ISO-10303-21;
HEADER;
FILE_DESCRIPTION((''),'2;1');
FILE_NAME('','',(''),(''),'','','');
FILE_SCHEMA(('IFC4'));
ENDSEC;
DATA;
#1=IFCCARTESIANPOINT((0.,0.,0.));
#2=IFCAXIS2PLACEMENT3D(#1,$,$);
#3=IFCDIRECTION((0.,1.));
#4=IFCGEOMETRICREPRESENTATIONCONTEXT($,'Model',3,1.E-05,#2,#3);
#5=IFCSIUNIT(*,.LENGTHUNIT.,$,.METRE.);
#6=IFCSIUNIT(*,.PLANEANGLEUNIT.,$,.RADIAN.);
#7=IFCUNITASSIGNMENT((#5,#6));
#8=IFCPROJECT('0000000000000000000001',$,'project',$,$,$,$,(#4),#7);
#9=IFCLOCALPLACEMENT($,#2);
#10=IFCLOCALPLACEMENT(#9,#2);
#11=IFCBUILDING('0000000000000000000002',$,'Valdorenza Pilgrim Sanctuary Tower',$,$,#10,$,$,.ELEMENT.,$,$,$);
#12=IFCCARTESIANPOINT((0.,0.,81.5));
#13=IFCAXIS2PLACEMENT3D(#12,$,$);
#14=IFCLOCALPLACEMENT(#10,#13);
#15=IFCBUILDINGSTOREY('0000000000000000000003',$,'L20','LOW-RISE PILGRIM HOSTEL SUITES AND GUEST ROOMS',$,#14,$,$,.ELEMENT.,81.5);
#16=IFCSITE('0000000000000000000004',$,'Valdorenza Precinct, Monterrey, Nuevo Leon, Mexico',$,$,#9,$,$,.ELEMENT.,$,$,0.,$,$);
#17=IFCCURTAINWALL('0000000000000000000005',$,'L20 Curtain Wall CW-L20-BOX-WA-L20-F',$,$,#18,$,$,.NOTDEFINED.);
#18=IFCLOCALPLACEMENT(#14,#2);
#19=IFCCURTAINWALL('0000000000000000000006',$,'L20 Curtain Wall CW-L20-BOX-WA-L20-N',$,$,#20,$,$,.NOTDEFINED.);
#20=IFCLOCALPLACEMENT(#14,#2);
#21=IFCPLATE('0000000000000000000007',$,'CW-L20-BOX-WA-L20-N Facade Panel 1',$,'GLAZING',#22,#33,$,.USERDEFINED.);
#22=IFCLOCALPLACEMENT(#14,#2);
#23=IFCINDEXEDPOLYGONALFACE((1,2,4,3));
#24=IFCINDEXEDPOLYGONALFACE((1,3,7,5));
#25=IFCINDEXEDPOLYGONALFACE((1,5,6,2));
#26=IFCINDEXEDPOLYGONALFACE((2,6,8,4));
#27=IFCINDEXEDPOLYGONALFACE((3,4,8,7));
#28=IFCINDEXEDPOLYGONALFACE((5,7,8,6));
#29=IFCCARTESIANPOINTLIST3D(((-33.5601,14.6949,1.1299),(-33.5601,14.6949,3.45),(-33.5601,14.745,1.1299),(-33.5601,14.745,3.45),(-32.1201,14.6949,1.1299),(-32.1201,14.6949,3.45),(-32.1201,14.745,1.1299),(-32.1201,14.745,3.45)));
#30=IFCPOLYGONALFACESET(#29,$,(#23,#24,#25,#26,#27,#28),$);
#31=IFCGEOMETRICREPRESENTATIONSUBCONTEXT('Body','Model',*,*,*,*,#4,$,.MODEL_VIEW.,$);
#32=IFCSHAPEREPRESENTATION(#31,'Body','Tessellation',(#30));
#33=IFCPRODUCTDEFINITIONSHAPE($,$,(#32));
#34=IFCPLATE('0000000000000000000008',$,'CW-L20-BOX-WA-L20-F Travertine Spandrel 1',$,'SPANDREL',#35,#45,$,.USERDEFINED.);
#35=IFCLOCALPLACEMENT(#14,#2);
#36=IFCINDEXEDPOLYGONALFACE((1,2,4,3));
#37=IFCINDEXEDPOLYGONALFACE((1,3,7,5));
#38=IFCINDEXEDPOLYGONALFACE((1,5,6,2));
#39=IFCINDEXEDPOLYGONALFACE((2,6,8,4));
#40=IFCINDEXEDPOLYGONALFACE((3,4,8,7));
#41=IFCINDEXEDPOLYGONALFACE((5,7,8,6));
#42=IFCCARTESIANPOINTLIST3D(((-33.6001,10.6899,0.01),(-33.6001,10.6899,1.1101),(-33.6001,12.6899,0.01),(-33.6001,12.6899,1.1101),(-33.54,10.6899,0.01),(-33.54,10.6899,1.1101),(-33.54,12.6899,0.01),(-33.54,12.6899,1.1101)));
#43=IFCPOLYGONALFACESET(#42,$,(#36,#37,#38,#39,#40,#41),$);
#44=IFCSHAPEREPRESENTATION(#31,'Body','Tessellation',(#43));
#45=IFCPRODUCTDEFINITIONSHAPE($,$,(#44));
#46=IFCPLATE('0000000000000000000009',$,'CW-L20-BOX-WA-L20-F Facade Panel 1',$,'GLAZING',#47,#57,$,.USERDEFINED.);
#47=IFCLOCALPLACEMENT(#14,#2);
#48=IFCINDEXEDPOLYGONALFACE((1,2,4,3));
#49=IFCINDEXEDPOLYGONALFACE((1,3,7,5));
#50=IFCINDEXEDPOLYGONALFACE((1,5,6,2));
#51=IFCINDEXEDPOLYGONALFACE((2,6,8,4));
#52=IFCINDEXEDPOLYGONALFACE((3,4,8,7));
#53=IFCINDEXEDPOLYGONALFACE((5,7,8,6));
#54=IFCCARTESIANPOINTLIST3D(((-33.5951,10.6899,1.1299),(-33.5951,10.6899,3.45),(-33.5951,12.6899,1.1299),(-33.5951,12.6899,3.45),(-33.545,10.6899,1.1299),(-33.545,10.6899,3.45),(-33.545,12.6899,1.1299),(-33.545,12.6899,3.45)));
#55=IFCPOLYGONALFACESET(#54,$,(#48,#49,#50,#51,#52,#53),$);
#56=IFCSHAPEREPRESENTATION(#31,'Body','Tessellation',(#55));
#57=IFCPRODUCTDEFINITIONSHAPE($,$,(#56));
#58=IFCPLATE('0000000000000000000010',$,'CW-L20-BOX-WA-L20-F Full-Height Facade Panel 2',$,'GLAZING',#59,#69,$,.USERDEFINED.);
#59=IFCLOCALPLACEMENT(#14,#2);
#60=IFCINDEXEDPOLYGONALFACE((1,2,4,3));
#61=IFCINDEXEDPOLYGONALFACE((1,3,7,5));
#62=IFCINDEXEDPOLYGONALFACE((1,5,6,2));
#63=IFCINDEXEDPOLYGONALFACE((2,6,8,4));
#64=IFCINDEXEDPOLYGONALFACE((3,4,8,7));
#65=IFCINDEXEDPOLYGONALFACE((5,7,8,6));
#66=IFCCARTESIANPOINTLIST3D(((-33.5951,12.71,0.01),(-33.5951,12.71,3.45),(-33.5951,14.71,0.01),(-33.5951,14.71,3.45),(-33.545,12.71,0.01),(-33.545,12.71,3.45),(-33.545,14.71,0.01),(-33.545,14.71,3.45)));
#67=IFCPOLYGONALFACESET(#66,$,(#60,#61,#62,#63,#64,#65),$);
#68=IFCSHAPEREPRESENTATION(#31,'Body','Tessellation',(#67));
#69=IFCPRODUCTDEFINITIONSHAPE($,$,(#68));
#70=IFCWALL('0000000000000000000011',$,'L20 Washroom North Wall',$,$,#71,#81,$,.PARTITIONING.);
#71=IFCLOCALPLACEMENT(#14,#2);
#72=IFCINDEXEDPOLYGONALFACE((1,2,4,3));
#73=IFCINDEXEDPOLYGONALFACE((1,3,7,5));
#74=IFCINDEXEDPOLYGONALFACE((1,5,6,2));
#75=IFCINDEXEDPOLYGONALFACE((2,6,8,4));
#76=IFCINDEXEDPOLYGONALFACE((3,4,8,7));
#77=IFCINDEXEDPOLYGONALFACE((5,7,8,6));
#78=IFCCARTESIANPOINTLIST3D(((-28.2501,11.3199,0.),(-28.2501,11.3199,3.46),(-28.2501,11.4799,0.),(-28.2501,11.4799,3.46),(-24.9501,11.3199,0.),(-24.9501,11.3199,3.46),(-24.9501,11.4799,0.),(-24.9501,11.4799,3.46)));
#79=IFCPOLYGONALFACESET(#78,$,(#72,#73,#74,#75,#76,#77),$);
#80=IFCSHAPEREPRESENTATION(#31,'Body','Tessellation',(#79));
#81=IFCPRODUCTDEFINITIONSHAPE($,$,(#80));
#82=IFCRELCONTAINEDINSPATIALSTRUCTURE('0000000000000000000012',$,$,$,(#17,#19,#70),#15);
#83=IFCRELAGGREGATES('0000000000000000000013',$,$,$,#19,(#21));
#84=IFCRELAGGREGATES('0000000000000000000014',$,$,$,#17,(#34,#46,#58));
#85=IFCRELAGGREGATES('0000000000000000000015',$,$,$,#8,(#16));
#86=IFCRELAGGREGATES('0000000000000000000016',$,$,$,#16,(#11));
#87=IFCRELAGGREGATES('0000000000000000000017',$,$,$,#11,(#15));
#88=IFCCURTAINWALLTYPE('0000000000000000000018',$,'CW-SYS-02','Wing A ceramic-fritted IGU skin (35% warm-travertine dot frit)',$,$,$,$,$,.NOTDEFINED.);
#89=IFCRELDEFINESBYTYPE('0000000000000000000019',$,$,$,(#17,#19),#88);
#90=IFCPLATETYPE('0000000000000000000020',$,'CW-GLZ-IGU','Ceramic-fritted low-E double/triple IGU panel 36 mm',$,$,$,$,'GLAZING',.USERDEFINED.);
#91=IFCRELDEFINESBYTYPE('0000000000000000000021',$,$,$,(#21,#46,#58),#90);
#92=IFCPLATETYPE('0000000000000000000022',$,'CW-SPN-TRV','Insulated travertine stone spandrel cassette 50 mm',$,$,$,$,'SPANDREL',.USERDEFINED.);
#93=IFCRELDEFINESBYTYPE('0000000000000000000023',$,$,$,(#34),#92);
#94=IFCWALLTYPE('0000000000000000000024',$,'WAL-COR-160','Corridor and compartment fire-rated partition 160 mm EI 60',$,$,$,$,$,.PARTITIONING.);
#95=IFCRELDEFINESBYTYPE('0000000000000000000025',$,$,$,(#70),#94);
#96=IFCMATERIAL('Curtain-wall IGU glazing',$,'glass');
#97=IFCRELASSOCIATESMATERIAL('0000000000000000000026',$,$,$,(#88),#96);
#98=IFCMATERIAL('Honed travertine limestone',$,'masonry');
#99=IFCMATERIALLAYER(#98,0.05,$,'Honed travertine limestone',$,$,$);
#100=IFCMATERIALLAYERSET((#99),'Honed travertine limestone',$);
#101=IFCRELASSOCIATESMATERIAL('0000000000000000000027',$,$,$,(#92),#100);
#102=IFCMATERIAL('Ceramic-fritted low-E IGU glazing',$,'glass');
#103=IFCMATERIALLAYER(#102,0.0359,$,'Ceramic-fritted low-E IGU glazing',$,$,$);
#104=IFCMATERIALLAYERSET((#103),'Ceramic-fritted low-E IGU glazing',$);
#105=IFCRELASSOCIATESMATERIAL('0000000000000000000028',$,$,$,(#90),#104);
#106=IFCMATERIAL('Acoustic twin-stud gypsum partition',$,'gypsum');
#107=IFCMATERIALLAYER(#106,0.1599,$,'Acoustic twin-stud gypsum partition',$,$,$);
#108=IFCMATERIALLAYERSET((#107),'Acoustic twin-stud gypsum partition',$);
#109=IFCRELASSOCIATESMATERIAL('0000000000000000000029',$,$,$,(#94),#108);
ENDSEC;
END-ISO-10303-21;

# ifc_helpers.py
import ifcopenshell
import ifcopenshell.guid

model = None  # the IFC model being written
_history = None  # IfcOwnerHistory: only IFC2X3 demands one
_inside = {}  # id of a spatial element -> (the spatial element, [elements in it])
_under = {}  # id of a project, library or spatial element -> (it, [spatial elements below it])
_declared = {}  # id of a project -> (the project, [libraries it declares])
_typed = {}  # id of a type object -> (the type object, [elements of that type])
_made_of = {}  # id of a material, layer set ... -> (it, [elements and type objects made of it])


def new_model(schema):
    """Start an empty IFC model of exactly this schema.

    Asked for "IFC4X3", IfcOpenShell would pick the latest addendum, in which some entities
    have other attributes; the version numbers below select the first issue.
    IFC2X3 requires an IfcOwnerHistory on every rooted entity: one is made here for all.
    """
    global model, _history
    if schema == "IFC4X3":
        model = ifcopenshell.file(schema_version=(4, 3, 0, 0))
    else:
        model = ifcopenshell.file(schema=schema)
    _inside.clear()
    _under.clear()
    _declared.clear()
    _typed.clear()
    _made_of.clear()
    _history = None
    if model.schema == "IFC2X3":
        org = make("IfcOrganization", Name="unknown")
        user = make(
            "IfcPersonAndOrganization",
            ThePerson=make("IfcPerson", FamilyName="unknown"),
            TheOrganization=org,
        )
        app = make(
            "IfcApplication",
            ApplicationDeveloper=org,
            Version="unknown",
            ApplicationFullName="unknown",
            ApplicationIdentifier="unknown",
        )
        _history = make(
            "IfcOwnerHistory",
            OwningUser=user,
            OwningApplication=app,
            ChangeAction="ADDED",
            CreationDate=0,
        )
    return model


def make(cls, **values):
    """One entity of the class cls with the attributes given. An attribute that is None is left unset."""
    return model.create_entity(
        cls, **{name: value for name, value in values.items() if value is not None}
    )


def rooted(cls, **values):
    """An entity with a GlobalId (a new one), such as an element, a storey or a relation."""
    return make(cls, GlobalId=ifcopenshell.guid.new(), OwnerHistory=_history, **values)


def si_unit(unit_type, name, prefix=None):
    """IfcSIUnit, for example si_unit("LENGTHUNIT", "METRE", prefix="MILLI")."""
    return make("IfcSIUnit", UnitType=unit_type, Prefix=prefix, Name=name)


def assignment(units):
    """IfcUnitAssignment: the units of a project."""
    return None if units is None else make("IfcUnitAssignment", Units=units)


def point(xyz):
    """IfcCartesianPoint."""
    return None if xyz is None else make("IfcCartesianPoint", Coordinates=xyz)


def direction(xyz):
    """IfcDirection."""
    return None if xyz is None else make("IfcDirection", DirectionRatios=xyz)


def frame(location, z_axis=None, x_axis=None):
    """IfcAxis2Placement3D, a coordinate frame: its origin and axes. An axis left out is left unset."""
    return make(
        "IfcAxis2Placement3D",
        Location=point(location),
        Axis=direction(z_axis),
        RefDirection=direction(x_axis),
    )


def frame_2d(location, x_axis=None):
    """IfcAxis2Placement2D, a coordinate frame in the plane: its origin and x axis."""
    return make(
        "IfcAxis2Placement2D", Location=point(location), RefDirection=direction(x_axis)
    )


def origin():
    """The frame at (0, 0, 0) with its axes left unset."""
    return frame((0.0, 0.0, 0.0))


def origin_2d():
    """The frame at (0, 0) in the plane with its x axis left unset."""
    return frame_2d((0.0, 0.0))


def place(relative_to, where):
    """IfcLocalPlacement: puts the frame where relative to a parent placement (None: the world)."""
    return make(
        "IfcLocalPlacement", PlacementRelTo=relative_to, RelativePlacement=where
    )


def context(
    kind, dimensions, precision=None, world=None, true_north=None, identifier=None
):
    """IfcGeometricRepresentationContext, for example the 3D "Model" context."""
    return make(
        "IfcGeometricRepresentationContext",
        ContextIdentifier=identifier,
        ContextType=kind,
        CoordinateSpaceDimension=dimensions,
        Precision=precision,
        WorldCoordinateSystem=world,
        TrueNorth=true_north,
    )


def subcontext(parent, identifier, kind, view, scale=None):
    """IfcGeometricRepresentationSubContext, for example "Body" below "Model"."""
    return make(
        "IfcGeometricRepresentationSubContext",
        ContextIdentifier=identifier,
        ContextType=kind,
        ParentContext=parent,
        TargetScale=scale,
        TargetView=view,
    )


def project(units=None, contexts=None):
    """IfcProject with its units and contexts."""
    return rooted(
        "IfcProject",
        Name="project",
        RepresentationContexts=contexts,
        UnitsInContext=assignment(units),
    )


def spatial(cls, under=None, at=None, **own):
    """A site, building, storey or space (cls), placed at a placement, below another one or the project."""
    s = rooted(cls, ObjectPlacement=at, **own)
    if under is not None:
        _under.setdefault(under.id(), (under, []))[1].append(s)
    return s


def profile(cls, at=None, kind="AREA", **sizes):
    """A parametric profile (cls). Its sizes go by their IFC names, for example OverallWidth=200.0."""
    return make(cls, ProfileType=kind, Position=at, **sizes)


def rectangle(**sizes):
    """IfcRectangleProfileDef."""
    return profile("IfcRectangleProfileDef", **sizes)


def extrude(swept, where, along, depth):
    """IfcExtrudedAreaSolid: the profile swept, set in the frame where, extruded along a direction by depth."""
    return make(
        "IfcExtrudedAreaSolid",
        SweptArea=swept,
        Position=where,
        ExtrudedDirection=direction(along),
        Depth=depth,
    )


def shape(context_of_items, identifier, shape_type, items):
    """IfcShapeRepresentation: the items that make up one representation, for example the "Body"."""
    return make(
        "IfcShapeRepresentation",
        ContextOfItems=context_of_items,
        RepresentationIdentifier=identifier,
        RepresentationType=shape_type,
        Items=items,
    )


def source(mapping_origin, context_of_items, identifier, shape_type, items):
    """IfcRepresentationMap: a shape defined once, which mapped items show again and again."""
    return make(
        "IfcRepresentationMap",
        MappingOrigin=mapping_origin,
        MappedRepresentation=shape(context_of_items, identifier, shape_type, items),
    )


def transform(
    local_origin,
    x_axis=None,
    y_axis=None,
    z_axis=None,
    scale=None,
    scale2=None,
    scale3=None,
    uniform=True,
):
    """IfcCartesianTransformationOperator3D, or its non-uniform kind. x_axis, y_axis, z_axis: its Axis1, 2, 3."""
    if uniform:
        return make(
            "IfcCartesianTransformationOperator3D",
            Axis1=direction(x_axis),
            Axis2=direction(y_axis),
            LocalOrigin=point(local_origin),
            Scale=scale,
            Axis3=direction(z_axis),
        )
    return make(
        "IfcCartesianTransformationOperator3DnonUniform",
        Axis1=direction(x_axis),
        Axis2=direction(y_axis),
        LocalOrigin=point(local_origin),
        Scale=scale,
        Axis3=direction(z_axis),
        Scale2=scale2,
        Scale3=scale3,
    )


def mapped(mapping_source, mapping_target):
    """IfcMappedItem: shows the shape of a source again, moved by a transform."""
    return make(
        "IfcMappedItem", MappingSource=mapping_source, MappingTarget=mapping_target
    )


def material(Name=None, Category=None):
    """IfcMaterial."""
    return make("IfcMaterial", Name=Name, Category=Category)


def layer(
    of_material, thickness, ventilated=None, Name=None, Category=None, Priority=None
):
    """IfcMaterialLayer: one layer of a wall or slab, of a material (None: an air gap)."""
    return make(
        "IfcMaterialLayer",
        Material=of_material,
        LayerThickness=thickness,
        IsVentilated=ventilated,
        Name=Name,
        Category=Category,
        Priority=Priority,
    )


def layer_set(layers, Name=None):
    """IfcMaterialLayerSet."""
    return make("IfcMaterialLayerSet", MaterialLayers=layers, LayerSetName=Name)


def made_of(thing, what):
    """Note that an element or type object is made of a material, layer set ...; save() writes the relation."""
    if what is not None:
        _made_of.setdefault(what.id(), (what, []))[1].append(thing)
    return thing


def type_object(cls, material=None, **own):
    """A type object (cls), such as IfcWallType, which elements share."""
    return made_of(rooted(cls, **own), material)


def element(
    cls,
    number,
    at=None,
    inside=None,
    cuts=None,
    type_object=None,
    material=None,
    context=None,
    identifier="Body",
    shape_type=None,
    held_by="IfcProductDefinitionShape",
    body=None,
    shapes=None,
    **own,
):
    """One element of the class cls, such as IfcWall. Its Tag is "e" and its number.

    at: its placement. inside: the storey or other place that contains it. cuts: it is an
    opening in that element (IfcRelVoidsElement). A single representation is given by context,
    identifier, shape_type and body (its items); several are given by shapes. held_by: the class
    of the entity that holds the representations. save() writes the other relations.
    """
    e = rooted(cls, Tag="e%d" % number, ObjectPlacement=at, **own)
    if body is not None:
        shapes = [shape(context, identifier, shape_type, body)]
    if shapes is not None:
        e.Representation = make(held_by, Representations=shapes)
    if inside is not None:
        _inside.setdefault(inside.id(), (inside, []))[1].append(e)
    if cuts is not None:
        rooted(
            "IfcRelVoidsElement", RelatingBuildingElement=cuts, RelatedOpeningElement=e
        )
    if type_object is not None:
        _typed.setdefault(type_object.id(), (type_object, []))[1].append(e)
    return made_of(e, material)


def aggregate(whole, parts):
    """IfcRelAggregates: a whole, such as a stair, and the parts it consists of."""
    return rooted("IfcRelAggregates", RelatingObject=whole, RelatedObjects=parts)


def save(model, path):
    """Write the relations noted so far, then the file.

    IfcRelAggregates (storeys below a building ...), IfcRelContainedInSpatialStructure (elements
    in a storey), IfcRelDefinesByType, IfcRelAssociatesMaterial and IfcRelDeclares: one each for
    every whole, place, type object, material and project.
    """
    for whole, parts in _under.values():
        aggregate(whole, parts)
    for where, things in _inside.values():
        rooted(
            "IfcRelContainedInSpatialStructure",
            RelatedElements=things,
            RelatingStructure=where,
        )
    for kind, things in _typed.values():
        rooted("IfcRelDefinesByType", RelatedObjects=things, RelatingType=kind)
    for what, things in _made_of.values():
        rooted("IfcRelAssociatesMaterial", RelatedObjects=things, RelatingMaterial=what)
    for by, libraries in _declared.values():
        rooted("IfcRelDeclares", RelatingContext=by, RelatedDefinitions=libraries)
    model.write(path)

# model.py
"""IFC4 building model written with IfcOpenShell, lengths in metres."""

from ifc_helpers import new_model, si_unit, direction, frame, frame_2d, origin, origin_2d, place, context, subcontext, project, spatial, rectangle, extrude, source, transform, mapped, material, layer, layer_set, type_object, element, aggregate, save


model = new_model("IFC4")

# Units and contexts
model_context = context("Model", 3, precision=1e-05, world=origin(), true_north=direction((0.0, 1.0)))
body_context = subcontext(model_context, "Body", "Model", "MODEL_VIEW")
ifc_project = project(units=[si_unit("LENGTHUNIT", "METRE"), si_unit("PLANEANGLEUNIT", "RADIAN")], contexts=[model_context])

# Site, building, storey
site_placement = place(None, origin())
site = spatial("IfcSite", under=ifc_project, at=site_placement, Name="Valdorenza Precinct, Monterrey, Nuevo Leon, Mexico", CompositionType="ELEMENT", RefElevation=0.0)
building_placement = place(site_placement, origin())
building = spatial("IfcBuilding", under=site, at=building_placement, Name="Valdorenza Pilgrim Sanctuary Tower", CompositionType="ELEMENT")
storey_placement = place(building_placement, frame((0.0, 0.0, 81.5)))
storey = spatial("IfcBuildingStorey", under=building, at=storey_placement, Name="L20", Description="LOW-RISE PILGRIM HOSTEL SUITES AND GUEST ROOMS", CompositionType="ELEMENT", Elevation=81.5)

# Shared definitions
ifc_material_1 = material(Name="Curtain-wall IGU glazing", Category="glass")
curtain_wall_type = type_object("IfcCurtainWallType", Name="CW-SYS-02", Description="Wing A ceramic-fritted IGU skin (35% warm-travertine dot frit)", PredefinedType="NOTDEFINED", material=ifc_material_1)

# Curtain wall
curtain_wall_1_placement = place(storey_placement, origin())
curtain_wall_1 = element("IfcCurtainWall", 1, at=curtain_wall_1_placement, inside=storey, type_object=curtain_wall_type, Name="L20 Curtain Wall CW-L20-BOX-WA-L20-F", PredefinedType="NOTDEFINED")

# Curtain wall
curtain_wall_2_placement = place(storey_placement, origin())
curtain_wall_2 = element("IfcCurtainWall", 2, at=curtain_wall_2_placement, inside=storey, type_object=curtain_wall_type, Name="L20 Curtain Wall CW-L20-BOX-WA-L20-N", PredefinedType="NOTDEFINED")

# Plates
ifc_material_2 = material(Name="Honed travertine limestone", Category="masonry")
ifc_layer_1 = layer(ifc_material_2, 0.05, Name="Honed travertine limestone")
ifc_layer_set_1 = layer_set([ifc_layer_1], Name="Honed travertine limestone")
plate_type_1 = type_object("IfcPlateType", Name="CW-SPN-TRV", Description="Insulated travertine stone spandrel cassette 50 mm", ElementType="SPANDREL", PredefinedType="USERDEFINED", material=ifc_layer_set_1)
ifc_material_3 = material(Name="Ceramic-fritted low-E IGU glazing", Category="glass")
ifc_layer_2 = layer(ifc_material_3, 0.0359, Name="Ceramic-fritted low-E IGU glazing")
ifc_layer_set_2 = layer_set([ifc_layer_2], Name="Ceramic-fritted low-E IGU glazing")
plate_type_2 = type_object("IfcPlateType", Name="CW-GLZ-IGU", Description="Ceramic-fritted low-E double/triple IGU panel 36 mm", ElementType="GLAZING", PredefinedType="USERDEFINED", material=ifc_layer_set_2)
shared_shape_1 = source(origin(), body_context, "Body", "SweptSolid", [
    extrude(rectangle(XDim=1.4399, YDim=0.05, at=origin_2d()), origin(), (0.0, 0.0, 1.0), 2.3201),
])
plate_1_placement = place(storey_placement, frame((-32.8401, 14.72, 1.1299), z_axis=(0.0, 0.0, 1.0), x_axis=(1.0, 0.0, 0.0)))
plate_1 = element("IfcPlate", 3, at=plate_1_placement, type_object=plate_type_2, Name="CW-L20-BOX-WA-L20-N Facade Panel 1", ObjectType="GLAZING", PredefinedType="USERDEFINED", context=body_context, shape_type="MappedRepresentation", body=[
    mapped(shared_shape_1, transform((0.0, 0.0, 0.0), x_axis=(1.0, 0.0, 0.0), y_axis=(0.0, 1.0, 0.0), z_axis=(0.0, 0.0, 1.0), scale=1.0)),
])
aggregate(curtain_wall_2, [plate_1])
shared_shape_2 = source(origin(), body_context, "Body", "SweptSolid", [
    extrude(rectangle(XDim=2.0, YDim=0.0601, at=origin_2d()), origin(), (0.0, 0.0, 1.0), 1.1001),
])
plate_2_placement = place(storey_placement, frame((-33.5701, 11.6899, 0.01), z_axis=(0.0, 0.0, 1.0), x_axis=(0.0, 1.0, 0.0)))
plate_2 = element("IfcPlate", 4, at=plate_2_placement, type_object=plate_type_1, Name="CW-L20-BOX-WA-L20-F Travertine Spandrel 1", ObjectType="SPANDREL", PredefinedType="USERDEFINED", context=body_context, shape_type="MappedRepresentation", body=[
    mapped(shared_shape_2, transform((0.0, 0.0, 0.0), x_axis=(1.0, 0.0, 0.0), y_axis=(0.0, 1.0, 0.0), z_axis=(0.0, 0.0, 1.0), scale=1.0)),
])
shared_shape_3 = source(origin(), body_context, "Body", "SweptSolid", [
    extrude(rectangle(XDim=2.0, YDim=0.05, at=origin_2d()), origin(), (0.0, 0.0, 1.0), 2.3201),
])
plate_3_placement = place(storey_placement, frame((-33.5701, 11.6899, 1.1299), z_axis=(0.0, 0.0, 1.0), x_axis=(0.0, 1.0, 0.0)))
plate_3 = element("IfcPlate", 5, at=plate_3_placement, type_object=plate_type_2, Name="CW-L20-BOX-WA-L20-F Facade Panel 1", ObjectType="GLAZING", PredefinedType="USERDEFINED", context=body_context, shape_type="MappedRepresentation", body=[
    mapped(shared_shape_3, transform((0.0, 0.0, 0.0), x_axis=(1.0, 0.0, 0.0), y_axis=(0.0, 1.0, 0.0), z_axis=(0.0, 0.0, 1.0), scale=1.0)),
])
shared_shape_4 = source(origin(), body_context, "Body", "SweptSolid", [
    extrude(rectangle(XDim=2.0, YDim=0.05, at=origin_2d()), origin(), (0.0, 0.0, 1.0), 3.4399),
])
plate_4_placement = place(storey_placement, frame((-33.5701, 13.71, 0.01), z_axis=(0.0, 0.0, 1.0), x_axis=(0.0, 1.0, 0.0)))
plate_4 = element("IfcPlate", 6, at=plate_4_placement, type_object=plate_type_2, Name="CW-L20-BOX-WA-L20-F Full-Height Facade Panel 2", ObjectType="GLAZING", PredefinedType="USERDEFINED", context=body_context, shape_type="MappedRepresentation", body=[
    mapped(shared_shape_4, transform((0.0, 0.0, 0.0), x_axis=(1.0, 0.0, 0.0), y_axis=(0.0, 1.0, 0.0), z_axis=(0.0, 0.0, 1.0), scale=1.0)),
])
aggregate(curtain_wall_1, [plate_2, plate_3, plate_4])

# Wall
ifc_material_4 = material(Name="Acoustic twin-stud gypsum partition", Category="gypsum")
ifc_layer_3 = layer(ifc_material_4, 0.1599, Name="Acoustic twin-stud gypsum partition")
ifc_layer_set_3 = layer_set([ifc_layer_3], Name="Acoustic twin-stud gypsum partition")
wall_type = type_object("IfcWallType", Name="WAL-COR-160", Description="Corridor and compartment fire-rated partition 160 mm EI 60", PredefinedType="PARTITIONING", material=ifc_layer_set_3)
wall_1_placement = place(storey_placement, frame((-28.25, 11.3999, 0.0), z_axis=(0.0, 0.0, 1.0), x_axis=(1.0, 0.0, 0.0)))
element("IfcWall", 7, at=wall_1_placement, inside=storey, type_object=wall_type, Name="L20 Washroom North Wall", PredefinedType="PARTITIONING", context=body_context, shape_type="SweptSolid", body=[
    extrude(rectangle(XDim=3.3, YDim=0.1599, at=frame_2d((1.6499, 0.0))), origin(), (0.0, 0.0, 1.0), 3.46),
])

save(model, "model.ifc")
